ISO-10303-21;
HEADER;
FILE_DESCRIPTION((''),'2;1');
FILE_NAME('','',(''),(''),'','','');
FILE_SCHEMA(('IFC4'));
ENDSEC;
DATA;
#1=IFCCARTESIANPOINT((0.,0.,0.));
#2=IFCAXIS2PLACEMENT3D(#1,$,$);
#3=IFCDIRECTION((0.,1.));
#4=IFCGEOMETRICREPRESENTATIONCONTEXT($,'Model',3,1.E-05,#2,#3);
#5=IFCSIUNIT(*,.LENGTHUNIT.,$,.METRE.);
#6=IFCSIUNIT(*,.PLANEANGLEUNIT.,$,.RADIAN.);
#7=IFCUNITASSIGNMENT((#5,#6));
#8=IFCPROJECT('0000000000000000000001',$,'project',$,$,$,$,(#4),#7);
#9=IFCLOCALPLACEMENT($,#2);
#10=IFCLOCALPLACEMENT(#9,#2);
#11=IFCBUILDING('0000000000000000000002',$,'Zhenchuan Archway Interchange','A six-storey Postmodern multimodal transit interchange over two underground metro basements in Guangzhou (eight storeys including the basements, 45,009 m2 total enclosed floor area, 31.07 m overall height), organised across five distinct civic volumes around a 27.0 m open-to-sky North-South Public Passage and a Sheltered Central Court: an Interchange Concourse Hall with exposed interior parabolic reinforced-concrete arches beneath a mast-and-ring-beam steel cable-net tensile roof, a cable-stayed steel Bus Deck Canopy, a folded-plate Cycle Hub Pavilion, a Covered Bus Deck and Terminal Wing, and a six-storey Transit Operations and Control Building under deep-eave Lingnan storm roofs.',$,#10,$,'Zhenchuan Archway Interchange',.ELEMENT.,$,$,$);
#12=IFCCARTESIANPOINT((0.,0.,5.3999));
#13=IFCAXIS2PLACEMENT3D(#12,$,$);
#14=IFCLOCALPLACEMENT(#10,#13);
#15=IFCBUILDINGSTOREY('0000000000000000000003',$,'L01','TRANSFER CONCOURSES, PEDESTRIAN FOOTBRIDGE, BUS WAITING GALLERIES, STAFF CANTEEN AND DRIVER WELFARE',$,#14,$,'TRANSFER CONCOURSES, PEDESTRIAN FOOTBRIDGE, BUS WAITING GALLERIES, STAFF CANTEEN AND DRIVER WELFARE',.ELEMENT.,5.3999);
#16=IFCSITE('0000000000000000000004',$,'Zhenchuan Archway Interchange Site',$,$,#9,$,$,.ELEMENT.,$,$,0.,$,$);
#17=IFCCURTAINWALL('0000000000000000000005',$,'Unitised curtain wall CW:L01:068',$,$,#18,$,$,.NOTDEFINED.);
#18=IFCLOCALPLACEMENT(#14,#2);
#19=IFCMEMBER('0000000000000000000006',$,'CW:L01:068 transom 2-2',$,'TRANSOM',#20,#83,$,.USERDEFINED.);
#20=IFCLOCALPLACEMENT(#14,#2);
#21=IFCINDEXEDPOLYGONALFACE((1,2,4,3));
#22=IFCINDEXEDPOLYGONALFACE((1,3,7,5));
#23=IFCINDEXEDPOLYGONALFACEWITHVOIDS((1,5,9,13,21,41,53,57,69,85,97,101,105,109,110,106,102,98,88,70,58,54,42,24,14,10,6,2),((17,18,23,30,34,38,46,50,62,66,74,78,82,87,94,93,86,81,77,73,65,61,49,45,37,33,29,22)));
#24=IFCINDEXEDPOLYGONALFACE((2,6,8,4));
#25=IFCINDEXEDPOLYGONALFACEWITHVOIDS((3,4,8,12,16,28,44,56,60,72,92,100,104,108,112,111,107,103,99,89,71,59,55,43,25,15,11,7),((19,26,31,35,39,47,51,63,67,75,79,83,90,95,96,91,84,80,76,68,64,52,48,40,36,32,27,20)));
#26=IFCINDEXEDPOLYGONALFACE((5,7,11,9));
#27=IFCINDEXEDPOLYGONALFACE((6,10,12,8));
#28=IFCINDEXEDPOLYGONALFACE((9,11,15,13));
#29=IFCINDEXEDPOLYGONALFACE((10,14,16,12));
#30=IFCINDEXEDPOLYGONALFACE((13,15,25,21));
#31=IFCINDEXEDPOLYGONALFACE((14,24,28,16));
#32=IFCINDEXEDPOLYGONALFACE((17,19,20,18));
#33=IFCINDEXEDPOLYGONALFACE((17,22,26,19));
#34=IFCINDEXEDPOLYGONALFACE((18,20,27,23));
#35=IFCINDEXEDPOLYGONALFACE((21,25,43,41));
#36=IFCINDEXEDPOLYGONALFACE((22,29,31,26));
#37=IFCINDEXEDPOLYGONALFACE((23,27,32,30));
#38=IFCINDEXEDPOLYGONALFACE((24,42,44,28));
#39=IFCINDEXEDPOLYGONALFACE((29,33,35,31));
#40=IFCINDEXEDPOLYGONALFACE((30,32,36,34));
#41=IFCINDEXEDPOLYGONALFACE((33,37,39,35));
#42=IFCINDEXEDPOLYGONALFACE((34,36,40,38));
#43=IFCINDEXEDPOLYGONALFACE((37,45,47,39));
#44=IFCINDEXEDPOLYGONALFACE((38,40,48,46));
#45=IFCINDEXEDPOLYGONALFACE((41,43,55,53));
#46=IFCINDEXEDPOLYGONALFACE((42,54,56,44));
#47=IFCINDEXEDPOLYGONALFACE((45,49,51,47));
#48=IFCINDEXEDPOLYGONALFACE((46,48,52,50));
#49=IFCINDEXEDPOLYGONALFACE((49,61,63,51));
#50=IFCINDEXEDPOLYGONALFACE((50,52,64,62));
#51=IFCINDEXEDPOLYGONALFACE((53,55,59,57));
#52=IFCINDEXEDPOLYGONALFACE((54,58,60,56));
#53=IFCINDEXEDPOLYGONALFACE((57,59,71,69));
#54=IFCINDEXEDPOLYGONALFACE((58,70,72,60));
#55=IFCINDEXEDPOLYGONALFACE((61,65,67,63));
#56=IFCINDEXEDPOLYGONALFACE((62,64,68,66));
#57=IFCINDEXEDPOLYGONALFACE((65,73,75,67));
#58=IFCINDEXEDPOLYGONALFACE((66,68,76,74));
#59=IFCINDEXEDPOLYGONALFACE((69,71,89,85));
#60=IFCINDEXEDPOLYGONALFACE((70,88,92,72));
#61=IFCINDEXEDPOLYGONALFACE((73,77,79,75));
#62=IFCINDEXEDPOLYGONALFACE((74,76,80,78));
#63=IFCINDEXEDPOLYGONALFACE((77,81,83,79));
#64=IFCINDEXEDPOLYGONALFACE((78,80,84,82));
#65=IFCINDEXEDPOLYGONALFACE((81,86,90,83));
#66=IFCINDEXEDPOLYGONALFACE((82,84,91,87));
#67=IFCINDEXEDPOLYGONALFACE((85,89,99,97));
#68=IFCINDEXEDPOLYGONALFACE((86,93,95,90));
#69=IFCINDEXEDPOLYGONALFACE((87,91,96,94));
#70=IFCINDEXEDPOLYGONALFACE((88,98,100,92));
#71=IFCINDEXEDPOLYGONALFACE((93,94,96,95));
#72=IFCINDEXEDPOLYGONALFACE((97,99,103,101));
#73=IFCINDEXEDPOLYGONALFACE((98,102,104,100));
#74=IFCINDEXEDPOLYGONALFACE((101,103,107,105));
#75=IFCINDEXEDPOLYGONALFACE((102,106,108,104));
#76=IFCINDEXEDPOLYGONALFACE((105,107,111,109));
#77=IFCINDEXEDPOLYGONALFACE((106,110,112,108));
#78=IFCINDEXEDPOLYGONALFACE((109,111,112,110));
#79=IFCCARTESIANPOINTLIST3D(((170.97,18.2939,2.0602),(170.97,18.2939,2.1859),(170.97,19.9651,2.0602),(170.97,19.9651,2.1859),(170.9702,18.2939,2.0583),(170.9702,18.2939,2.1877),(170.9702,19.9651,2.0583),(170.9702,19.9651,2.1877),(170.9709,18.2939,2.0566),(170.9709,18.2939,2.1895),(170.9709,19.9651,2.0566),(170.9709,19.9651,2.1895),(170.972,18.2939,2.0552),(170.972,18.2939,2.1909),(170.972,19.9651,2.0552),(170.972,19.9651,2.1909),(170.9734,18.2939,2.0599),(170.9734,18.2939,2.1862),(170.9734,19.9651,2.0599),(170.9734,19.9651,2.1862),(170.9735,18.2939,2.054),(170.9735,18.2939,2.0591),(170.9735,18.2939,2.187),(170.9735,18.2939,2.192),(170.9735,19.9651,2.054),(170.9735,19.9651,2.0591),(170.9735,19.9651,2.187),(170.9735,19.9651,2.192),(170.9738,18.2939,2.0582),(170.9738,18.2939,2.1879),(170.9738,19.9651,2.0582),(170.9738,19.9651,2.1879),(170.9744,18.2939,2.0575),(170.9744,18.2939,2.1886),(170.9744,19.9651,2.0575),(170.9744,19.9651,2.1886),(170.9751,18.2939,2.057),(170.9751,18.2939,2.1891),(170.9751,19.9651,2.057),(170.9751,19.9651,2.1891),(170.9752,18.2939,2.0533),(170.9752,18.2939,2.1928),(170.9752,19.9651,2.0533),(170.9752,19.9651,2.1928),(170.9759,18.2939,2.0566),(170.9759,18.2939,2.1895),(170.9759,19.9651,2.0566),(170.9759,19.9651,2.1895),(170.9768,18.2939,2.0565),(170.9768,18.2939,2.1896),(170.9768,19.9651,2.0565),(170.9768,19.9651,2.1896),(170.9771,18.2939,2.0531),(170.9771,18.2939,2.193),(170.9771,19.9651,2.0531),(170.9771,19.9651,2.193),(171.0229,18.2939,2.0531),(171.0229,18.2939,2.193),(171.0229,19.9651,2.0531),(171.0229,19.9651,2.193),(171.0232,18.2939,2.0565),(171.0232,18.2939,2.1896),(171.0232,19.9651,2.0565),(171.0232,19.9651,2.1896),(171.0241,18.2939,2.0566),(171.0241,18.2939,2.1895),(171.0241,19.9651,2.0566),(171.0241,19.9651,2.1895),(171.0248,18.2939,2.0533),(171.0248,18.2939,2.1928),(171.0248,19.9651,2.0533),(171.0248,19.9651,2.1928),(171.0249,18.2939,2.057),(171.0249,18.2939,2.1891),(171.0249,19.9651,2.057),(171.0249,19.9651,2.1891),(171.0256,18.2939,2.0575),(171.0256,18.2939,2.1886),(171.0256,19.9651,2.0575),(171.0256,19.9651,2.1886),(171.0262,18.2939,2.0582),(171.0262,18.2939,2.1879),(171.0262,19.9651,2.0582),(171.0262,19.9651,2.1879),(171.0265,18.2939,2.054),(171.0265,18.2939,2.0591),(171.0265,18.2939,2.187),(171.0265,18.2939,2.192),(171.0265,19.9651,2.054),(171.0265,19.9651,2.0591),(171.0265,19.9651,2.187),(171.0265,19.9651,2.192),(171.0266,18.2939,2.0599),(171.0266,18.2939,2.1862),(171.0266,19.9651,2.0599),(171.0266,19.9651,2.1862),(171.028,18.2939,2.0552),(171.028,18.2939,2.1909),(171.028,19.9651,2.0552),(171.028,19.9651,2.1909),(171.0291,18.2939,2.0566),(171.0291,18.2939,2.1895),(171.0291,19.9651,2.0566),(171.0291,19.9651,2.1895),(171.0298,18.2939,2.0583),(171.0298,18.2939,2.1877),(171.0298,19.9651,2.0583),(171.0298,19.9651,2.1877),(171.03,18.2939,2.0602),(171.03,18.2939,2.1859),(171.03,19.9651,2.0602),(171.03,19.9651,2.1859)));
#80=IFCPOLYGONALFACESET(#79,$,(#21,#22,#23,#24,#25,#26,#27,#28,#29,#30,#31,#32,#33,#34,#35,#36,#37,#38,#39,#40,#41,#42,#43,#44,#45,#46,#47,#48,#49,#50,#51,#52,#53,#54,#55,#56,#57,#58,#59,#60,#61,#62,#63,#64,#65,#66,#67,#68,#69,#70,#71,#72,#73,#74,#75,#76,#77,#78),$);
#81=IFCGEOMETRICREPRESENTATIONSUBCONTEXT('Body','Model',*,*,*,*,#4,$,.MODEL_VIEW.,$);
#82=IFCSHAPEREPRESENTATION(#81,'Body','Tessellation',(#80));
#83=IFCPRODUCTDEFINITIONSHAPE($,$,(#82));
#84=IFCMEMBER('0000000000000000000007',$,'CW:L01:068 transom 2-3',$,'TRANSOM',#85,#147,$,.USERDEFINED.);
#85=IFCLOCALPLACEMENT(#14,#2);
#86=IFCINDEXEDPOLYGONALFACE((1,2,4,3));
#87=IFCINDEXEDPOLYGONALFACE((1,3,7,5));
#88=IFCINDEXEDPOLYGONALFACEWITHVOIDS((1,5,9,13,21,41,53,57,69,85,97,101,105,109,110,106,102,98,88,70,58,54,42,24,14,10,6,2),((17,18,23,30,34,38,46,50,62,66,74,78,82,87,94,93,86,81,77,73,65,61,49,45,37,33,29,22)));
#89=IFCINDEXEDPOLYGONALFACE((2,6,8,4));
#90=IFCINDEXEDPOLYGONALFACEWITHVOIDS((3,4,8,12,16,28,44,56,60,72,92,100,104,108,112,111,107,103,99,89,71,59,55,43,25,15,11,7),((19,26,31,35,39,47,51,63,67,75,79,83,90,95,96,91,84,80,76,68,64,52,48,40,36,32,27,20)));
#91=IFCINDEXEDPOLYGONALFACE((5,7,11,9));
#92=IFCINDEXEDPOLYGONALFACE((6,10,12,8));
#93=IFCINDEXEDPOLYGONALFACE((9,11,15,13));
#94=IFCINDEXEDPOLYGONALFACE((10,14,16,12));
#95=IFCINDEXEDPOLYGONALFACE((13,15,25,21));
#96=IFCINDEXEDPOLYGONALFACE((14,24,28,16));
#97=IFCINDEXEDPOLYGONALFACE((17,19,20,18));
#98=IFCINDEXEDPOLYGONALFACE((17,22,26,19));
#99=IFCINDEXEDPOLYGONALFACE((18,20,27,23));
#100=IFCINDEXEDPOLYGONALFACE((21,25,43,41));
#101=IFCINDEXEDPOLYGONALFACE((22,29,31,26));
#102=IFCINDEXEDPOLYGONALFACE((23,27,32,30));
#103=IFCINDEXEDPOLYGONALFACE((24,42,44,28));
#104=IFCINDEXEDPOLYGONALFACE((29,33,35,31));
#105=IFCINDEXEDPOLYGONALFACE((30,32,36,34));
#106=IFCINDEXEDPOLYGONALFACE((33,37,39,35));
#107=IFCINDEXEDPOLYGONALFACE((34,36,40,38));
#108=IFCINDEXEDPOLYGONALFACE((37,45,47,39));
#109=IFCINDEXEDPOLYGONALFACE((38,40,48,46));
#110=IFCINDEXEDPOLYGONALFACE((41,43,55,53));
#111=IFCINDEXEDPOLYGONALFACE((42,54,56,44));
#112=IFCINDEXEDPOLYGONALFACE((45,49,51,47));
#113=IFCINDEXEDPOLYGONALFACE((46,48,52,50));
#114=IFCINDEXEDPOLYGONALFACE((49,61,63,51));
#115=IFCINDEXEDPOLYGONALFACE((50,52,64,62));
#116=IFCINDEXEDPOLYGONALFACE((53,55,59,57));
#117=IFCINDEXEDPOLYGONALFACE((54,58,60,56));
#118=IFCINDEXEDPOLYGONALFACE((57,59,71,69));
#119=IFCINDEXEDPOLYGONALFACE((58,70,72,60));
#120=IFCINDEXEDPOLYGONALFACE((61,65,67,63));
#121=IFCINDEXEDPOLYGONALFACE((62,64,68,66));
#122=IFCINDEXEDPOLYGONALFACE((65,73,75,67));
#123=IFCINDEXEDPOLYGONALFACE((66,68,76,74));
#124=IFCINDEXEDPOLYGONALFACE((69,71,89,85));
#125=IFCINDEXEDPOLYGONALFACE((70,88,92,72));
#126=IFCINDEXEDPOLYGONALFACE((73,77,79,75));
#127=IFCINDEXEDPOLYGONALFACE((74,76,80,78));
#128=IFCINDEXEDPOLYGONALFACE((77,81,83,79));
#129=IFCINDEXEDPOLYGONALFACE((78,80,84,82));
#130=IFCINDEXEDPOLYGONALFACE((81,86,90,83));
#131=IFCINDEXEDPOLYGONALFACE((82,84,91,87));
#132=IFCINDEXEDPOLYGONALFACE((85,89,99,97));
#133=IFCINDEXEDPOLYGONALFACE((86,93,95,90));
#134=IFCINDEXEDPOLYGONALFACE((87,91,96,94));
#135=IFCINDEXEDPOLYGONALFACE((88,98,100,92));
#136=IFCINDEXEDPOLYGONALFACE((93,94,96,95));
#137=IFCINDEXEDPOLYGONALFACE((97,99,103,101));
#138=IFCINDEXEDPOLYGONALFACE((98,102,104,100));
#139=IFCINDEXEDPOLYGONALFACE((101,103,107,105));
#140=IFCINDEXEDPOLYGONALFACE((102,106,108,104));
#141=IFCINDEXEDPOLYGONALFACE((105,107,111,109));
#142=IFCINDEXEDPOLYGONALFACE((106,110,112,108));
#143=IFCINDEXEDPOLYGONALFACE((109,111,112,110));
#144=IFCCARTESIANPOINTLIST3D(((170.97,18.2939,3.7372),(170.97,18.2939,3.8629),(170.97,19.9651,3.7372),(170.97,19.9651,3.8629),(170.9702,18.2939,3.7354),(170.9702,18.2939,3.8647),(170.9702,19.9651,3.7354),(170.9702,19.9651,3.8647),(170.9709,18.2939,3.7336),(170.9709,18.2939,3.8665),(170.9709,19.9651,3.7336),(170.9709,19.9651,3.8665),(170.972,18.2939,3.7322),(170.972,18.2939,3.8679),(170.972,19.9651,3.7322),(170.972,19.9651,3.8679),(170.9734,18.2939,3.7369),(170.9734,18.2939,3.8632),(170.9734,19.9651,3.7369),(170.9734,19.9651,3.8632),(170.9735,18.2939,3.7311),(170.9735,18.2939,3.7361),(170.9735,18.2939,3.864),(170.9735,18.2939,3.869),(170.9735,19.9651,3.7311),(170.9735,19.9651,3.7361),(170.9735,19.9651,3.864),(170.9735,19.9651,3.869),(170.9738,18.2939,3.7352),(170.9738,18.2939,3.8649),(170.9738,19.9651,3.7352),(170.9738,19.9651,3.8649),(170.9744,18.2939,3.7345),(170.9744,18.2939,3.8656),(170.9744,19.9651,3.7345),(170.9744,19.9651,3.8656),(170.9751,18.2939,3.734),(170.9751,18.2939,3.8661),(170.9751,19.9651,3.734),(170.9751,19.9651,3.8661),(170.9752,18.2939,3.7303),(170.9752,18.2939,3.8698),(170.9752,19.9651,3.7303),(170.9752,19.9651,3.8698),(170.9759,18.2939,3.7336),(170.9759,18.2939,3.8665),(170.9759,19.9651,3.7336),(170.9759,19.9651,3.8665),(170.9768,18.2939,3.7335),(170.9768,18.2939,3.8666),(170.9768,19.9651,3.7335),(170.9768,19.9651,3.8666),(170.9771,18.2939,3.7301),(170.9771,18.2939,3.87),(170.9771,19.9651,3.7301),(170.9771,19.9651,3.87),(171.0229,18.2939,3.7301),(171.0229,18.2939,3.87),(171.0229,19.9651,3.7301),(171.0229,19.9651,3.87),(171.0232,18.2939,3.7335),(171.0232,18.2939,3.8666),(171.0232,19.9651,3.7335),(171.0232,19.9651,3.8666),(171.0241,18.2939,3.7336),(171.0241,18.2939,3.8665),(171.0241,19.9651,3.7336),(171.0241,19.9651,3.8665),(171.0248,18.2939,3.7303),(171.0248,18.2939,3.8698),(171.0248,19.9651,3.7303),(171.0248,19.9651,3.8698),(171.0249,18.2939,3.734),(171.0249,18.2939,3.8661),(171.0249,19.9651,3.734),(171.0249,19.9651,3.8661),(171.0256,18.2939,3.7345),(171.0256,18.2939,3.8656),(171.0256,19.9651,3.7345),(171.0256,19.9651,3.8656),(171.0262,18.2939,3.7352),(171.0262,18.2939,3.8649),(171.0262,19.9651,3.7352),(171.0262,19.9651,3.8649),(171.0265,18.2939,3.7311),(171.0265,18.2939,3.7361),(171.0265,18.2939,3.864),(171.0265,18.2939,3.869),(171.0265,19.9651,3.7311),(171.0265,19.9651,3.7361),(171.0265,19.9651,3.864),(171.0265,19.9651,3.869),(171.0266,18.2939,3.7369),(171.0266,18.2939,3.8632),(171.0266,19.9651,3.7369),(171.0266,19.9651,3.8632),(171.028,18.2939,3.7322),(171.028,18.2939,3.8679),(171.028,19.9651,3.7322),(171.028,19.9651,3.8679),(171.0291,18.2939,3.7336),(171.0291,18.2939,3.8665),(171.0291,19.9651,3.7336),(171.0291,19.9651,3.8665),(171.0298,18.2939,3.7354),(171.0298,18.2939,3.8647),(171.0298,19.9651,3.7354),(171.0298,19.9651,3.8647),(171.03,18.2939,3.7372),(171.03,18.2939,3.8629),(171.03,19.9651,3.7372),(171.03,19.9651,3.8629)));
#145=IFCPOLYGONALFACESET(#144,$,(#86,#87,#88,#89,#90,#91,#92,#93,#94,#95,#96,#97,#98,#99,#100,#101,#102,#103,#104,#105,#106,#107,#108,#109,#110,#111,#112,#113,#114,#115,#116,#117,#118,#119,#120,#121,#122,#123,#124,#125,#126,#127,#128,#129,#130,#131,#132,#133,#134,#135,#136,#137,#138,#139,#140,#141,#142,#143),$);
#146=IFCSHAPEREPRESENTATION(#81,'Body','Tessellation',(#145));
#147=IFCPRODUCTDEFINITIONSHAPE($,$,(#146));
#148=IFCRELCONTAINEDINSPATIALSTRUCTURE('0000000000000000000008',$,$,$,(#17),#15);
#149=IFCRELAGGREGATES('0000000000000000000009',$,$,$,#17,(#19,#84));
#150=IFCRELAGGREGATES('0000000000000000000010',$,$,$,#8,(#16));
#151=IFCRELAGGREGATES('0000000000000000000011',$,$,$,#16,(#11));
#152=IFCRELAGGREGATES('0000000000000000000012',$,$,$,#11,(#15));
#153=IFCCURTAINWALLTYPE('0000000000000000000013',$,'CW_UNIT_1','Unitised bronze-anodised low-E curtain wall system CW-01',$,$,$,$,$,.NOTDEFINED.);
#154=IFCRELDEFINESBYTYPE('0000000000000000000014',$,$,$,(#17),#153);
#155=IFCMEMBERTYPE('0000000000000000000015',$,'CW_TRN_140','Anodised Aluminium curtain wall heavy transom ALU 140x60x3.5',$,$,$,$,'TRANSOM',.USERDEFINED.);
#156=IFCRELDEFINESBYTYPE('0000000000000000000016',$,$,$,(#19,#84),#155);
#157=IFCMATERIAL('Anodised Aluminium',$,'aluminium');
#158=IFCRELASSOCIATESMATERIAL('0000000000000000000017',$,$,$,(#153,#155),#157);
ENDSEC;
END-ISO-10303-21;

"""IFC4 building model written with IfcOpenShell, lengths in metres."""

from ifc_helpers import new_model, si_unit, direction, frame, origin, origin_2d, place, context, subcontext, project, spatial, hollow_rectangle, extrude, material, material_profile, profile_set, type_object, element, aggregate, save


model = new_model("IFC4")

# Units and contexts
model_context = context("Model", 3, precision=1e-05, world=origin(), true_north=direction((0.0, 1.0)))
body_context = subcontext(model_context, "Body", "Model", "MODEL_VIEW")
ifc_project = project(units=[si_unit("LENGTHUNIT", "METRE"), si_unit("PLANEANGLEUNIT", "RADIAN")], contexts=[model_context])

# Site, building, storey
site_placement = place(None, origin())
site = spatial("IfcSite", under=ifc_project, at=site_placement, Name="Zhenchuan Archway Interchange Site", CompositionType="ELEMENT", RefElevation=0.0)
building_placement = place(site_placement, origin())
building = spatial("IfcBuilding", under=site, at=building_placement, Name="Zhenchuan Archway Interchange", Description="A six-storey Postmodern multimodal transit interchange over two underground metro basements in Guangzhou (eight storeys including the basements, 45,009 m2 total enclosed floor area, 31.07 m overall height), organised across five distinct civic volumes around a 27.0 m open-to-sky North-South Public Passage and a Sheltered Central Court: an Interchange Concourse Hall with exposed interior parabolic reinforced-concrete arches beneath a mast-and-ring-beam steel cable-net tensile roof, a cable-stayed steel Bus Deck Canopy, a folded-plate Cycle Hub Pavilion, a Covered Bus Deck and Terminal Wing, and a six-storey Transit Operations and Control Building under deep-eave Lingnan storm roofs.", LongName="Zhenchuan Archway Interchange", CompositionType="ELEMENT")
storey_placement = place(building_placement, frame((0.0, 0.0, 5.3999)))
storey = spatial("IfcBuildingStorey", under=building, at=storey_placement, Name="L01", Description="TRANSFER CONCOURSES, PEDESTRIAN FOOTBRIDGE, BUS WAITING GALLERIES, STAFF CANTEEN AND DRIVER WELFARE", LongName="TRANSFER CONCOURSES, PEDESTRIAN FOOTBRIDGE, BUS WAITING GALLERIES, STAFF CANTEEN AND DRIVER WELFARE", CompositionType="ELEMENT", Elevation=5.3999)

# Curtain wall, members
ifc_material_1 = material(Name="Anodised Aluminium", Category="aluminium")
curtain_wall_type = type_object("IfcCurtainWallType", Name="CW_UNIT_1", Description="Unitised bronze-anodised low-E curtain wall system CW-01", PredefinedType="NOTDEFINED", material=ifc_material_1)
curtain_wall_placement = place(storey_placement, origin())
curtain_wall = element("IfcCurtainWall", 1, at=curtain_wall_placement, inside=storey, type_object=curtain_wall_type, Name="Unitised curtain wall CW:L01:068", PredefinedType="NOTDEFINED")
ifc_material_profile_1 = material_profile(ifc_material_1, hollow_rectangle(XDim=0.0601, YDim=0.1399, WallThickness=0.0034, InnerFilletRadius=0.0034, OuterFilletRadius=0.0071, at=origin_2d()), Name="ALU 140x60x3.5")
ifc_profile_set_1 = profile_set([ifc_material_profile_1], Name="Anodised Aluminium")
member_type_1 = type_object("IfcMemberType", Name="CW_TRN_140", Description="Anodised Aluminium curtain wall heavy transom ALU 140x60x3.5", ElementType="TRANSOM", PredefinedType="USERDEFINED", material=ifc_profile_set_1)
member_1_placement = place(storey_placement, frame((171.0, 19.9651, 2.123), z_axis=(0.0, -1.0, 0.0), x_axis=(1.0, 0.0, 0.0)))
member_1 = element("IfcMember", 2, at=member_1_placement, type_object=member_type_1, Name="CW:L01:068 transom 2-2", ObjectType="TRANSOM", PredefinedType="USERDEFINED", context=body_context, shape_type="SweptSolid", body=[
    extrude(hollow_rectangle(XDim=0.0601, YDim=0.1399, WallThickness=0.0034, InnerFilletRadius=0.0034, OuterFilletRadius=0.0071, at=origin_2d()), origin(), (0.0, 0.0, 1.0), 1.6711),
])
member_2_placement = place(storey_placement, frame((171.0, 19.9651, 3.8), z_axis=(0.0, -1.0, 0.0), x_axis=(1.0, 0.0, 0.0)))
member_2 = element("IfcMember", 3, at=member_2_placement, type_object=member_type_1, Name="CW:L01:068 transom 2-3", ObjectType="TRANSOM", PredefinedType="USERDEFINED", context=body_context, shape_type="SweptSolid", body=[
    extrude(hollow_rectangle(XDim=0.0601, YDim=0.1399, WallThickness=0.0034, InnerFilletRadius=0.0034, OuterFilletRadius=0.0071, at=origin_2d()), origin(), (0.0, 0.0, 1.0), 1.6711),
])

aggregate(curtain_wall, [member_1, member_2])

save(model, "model.ifc")
